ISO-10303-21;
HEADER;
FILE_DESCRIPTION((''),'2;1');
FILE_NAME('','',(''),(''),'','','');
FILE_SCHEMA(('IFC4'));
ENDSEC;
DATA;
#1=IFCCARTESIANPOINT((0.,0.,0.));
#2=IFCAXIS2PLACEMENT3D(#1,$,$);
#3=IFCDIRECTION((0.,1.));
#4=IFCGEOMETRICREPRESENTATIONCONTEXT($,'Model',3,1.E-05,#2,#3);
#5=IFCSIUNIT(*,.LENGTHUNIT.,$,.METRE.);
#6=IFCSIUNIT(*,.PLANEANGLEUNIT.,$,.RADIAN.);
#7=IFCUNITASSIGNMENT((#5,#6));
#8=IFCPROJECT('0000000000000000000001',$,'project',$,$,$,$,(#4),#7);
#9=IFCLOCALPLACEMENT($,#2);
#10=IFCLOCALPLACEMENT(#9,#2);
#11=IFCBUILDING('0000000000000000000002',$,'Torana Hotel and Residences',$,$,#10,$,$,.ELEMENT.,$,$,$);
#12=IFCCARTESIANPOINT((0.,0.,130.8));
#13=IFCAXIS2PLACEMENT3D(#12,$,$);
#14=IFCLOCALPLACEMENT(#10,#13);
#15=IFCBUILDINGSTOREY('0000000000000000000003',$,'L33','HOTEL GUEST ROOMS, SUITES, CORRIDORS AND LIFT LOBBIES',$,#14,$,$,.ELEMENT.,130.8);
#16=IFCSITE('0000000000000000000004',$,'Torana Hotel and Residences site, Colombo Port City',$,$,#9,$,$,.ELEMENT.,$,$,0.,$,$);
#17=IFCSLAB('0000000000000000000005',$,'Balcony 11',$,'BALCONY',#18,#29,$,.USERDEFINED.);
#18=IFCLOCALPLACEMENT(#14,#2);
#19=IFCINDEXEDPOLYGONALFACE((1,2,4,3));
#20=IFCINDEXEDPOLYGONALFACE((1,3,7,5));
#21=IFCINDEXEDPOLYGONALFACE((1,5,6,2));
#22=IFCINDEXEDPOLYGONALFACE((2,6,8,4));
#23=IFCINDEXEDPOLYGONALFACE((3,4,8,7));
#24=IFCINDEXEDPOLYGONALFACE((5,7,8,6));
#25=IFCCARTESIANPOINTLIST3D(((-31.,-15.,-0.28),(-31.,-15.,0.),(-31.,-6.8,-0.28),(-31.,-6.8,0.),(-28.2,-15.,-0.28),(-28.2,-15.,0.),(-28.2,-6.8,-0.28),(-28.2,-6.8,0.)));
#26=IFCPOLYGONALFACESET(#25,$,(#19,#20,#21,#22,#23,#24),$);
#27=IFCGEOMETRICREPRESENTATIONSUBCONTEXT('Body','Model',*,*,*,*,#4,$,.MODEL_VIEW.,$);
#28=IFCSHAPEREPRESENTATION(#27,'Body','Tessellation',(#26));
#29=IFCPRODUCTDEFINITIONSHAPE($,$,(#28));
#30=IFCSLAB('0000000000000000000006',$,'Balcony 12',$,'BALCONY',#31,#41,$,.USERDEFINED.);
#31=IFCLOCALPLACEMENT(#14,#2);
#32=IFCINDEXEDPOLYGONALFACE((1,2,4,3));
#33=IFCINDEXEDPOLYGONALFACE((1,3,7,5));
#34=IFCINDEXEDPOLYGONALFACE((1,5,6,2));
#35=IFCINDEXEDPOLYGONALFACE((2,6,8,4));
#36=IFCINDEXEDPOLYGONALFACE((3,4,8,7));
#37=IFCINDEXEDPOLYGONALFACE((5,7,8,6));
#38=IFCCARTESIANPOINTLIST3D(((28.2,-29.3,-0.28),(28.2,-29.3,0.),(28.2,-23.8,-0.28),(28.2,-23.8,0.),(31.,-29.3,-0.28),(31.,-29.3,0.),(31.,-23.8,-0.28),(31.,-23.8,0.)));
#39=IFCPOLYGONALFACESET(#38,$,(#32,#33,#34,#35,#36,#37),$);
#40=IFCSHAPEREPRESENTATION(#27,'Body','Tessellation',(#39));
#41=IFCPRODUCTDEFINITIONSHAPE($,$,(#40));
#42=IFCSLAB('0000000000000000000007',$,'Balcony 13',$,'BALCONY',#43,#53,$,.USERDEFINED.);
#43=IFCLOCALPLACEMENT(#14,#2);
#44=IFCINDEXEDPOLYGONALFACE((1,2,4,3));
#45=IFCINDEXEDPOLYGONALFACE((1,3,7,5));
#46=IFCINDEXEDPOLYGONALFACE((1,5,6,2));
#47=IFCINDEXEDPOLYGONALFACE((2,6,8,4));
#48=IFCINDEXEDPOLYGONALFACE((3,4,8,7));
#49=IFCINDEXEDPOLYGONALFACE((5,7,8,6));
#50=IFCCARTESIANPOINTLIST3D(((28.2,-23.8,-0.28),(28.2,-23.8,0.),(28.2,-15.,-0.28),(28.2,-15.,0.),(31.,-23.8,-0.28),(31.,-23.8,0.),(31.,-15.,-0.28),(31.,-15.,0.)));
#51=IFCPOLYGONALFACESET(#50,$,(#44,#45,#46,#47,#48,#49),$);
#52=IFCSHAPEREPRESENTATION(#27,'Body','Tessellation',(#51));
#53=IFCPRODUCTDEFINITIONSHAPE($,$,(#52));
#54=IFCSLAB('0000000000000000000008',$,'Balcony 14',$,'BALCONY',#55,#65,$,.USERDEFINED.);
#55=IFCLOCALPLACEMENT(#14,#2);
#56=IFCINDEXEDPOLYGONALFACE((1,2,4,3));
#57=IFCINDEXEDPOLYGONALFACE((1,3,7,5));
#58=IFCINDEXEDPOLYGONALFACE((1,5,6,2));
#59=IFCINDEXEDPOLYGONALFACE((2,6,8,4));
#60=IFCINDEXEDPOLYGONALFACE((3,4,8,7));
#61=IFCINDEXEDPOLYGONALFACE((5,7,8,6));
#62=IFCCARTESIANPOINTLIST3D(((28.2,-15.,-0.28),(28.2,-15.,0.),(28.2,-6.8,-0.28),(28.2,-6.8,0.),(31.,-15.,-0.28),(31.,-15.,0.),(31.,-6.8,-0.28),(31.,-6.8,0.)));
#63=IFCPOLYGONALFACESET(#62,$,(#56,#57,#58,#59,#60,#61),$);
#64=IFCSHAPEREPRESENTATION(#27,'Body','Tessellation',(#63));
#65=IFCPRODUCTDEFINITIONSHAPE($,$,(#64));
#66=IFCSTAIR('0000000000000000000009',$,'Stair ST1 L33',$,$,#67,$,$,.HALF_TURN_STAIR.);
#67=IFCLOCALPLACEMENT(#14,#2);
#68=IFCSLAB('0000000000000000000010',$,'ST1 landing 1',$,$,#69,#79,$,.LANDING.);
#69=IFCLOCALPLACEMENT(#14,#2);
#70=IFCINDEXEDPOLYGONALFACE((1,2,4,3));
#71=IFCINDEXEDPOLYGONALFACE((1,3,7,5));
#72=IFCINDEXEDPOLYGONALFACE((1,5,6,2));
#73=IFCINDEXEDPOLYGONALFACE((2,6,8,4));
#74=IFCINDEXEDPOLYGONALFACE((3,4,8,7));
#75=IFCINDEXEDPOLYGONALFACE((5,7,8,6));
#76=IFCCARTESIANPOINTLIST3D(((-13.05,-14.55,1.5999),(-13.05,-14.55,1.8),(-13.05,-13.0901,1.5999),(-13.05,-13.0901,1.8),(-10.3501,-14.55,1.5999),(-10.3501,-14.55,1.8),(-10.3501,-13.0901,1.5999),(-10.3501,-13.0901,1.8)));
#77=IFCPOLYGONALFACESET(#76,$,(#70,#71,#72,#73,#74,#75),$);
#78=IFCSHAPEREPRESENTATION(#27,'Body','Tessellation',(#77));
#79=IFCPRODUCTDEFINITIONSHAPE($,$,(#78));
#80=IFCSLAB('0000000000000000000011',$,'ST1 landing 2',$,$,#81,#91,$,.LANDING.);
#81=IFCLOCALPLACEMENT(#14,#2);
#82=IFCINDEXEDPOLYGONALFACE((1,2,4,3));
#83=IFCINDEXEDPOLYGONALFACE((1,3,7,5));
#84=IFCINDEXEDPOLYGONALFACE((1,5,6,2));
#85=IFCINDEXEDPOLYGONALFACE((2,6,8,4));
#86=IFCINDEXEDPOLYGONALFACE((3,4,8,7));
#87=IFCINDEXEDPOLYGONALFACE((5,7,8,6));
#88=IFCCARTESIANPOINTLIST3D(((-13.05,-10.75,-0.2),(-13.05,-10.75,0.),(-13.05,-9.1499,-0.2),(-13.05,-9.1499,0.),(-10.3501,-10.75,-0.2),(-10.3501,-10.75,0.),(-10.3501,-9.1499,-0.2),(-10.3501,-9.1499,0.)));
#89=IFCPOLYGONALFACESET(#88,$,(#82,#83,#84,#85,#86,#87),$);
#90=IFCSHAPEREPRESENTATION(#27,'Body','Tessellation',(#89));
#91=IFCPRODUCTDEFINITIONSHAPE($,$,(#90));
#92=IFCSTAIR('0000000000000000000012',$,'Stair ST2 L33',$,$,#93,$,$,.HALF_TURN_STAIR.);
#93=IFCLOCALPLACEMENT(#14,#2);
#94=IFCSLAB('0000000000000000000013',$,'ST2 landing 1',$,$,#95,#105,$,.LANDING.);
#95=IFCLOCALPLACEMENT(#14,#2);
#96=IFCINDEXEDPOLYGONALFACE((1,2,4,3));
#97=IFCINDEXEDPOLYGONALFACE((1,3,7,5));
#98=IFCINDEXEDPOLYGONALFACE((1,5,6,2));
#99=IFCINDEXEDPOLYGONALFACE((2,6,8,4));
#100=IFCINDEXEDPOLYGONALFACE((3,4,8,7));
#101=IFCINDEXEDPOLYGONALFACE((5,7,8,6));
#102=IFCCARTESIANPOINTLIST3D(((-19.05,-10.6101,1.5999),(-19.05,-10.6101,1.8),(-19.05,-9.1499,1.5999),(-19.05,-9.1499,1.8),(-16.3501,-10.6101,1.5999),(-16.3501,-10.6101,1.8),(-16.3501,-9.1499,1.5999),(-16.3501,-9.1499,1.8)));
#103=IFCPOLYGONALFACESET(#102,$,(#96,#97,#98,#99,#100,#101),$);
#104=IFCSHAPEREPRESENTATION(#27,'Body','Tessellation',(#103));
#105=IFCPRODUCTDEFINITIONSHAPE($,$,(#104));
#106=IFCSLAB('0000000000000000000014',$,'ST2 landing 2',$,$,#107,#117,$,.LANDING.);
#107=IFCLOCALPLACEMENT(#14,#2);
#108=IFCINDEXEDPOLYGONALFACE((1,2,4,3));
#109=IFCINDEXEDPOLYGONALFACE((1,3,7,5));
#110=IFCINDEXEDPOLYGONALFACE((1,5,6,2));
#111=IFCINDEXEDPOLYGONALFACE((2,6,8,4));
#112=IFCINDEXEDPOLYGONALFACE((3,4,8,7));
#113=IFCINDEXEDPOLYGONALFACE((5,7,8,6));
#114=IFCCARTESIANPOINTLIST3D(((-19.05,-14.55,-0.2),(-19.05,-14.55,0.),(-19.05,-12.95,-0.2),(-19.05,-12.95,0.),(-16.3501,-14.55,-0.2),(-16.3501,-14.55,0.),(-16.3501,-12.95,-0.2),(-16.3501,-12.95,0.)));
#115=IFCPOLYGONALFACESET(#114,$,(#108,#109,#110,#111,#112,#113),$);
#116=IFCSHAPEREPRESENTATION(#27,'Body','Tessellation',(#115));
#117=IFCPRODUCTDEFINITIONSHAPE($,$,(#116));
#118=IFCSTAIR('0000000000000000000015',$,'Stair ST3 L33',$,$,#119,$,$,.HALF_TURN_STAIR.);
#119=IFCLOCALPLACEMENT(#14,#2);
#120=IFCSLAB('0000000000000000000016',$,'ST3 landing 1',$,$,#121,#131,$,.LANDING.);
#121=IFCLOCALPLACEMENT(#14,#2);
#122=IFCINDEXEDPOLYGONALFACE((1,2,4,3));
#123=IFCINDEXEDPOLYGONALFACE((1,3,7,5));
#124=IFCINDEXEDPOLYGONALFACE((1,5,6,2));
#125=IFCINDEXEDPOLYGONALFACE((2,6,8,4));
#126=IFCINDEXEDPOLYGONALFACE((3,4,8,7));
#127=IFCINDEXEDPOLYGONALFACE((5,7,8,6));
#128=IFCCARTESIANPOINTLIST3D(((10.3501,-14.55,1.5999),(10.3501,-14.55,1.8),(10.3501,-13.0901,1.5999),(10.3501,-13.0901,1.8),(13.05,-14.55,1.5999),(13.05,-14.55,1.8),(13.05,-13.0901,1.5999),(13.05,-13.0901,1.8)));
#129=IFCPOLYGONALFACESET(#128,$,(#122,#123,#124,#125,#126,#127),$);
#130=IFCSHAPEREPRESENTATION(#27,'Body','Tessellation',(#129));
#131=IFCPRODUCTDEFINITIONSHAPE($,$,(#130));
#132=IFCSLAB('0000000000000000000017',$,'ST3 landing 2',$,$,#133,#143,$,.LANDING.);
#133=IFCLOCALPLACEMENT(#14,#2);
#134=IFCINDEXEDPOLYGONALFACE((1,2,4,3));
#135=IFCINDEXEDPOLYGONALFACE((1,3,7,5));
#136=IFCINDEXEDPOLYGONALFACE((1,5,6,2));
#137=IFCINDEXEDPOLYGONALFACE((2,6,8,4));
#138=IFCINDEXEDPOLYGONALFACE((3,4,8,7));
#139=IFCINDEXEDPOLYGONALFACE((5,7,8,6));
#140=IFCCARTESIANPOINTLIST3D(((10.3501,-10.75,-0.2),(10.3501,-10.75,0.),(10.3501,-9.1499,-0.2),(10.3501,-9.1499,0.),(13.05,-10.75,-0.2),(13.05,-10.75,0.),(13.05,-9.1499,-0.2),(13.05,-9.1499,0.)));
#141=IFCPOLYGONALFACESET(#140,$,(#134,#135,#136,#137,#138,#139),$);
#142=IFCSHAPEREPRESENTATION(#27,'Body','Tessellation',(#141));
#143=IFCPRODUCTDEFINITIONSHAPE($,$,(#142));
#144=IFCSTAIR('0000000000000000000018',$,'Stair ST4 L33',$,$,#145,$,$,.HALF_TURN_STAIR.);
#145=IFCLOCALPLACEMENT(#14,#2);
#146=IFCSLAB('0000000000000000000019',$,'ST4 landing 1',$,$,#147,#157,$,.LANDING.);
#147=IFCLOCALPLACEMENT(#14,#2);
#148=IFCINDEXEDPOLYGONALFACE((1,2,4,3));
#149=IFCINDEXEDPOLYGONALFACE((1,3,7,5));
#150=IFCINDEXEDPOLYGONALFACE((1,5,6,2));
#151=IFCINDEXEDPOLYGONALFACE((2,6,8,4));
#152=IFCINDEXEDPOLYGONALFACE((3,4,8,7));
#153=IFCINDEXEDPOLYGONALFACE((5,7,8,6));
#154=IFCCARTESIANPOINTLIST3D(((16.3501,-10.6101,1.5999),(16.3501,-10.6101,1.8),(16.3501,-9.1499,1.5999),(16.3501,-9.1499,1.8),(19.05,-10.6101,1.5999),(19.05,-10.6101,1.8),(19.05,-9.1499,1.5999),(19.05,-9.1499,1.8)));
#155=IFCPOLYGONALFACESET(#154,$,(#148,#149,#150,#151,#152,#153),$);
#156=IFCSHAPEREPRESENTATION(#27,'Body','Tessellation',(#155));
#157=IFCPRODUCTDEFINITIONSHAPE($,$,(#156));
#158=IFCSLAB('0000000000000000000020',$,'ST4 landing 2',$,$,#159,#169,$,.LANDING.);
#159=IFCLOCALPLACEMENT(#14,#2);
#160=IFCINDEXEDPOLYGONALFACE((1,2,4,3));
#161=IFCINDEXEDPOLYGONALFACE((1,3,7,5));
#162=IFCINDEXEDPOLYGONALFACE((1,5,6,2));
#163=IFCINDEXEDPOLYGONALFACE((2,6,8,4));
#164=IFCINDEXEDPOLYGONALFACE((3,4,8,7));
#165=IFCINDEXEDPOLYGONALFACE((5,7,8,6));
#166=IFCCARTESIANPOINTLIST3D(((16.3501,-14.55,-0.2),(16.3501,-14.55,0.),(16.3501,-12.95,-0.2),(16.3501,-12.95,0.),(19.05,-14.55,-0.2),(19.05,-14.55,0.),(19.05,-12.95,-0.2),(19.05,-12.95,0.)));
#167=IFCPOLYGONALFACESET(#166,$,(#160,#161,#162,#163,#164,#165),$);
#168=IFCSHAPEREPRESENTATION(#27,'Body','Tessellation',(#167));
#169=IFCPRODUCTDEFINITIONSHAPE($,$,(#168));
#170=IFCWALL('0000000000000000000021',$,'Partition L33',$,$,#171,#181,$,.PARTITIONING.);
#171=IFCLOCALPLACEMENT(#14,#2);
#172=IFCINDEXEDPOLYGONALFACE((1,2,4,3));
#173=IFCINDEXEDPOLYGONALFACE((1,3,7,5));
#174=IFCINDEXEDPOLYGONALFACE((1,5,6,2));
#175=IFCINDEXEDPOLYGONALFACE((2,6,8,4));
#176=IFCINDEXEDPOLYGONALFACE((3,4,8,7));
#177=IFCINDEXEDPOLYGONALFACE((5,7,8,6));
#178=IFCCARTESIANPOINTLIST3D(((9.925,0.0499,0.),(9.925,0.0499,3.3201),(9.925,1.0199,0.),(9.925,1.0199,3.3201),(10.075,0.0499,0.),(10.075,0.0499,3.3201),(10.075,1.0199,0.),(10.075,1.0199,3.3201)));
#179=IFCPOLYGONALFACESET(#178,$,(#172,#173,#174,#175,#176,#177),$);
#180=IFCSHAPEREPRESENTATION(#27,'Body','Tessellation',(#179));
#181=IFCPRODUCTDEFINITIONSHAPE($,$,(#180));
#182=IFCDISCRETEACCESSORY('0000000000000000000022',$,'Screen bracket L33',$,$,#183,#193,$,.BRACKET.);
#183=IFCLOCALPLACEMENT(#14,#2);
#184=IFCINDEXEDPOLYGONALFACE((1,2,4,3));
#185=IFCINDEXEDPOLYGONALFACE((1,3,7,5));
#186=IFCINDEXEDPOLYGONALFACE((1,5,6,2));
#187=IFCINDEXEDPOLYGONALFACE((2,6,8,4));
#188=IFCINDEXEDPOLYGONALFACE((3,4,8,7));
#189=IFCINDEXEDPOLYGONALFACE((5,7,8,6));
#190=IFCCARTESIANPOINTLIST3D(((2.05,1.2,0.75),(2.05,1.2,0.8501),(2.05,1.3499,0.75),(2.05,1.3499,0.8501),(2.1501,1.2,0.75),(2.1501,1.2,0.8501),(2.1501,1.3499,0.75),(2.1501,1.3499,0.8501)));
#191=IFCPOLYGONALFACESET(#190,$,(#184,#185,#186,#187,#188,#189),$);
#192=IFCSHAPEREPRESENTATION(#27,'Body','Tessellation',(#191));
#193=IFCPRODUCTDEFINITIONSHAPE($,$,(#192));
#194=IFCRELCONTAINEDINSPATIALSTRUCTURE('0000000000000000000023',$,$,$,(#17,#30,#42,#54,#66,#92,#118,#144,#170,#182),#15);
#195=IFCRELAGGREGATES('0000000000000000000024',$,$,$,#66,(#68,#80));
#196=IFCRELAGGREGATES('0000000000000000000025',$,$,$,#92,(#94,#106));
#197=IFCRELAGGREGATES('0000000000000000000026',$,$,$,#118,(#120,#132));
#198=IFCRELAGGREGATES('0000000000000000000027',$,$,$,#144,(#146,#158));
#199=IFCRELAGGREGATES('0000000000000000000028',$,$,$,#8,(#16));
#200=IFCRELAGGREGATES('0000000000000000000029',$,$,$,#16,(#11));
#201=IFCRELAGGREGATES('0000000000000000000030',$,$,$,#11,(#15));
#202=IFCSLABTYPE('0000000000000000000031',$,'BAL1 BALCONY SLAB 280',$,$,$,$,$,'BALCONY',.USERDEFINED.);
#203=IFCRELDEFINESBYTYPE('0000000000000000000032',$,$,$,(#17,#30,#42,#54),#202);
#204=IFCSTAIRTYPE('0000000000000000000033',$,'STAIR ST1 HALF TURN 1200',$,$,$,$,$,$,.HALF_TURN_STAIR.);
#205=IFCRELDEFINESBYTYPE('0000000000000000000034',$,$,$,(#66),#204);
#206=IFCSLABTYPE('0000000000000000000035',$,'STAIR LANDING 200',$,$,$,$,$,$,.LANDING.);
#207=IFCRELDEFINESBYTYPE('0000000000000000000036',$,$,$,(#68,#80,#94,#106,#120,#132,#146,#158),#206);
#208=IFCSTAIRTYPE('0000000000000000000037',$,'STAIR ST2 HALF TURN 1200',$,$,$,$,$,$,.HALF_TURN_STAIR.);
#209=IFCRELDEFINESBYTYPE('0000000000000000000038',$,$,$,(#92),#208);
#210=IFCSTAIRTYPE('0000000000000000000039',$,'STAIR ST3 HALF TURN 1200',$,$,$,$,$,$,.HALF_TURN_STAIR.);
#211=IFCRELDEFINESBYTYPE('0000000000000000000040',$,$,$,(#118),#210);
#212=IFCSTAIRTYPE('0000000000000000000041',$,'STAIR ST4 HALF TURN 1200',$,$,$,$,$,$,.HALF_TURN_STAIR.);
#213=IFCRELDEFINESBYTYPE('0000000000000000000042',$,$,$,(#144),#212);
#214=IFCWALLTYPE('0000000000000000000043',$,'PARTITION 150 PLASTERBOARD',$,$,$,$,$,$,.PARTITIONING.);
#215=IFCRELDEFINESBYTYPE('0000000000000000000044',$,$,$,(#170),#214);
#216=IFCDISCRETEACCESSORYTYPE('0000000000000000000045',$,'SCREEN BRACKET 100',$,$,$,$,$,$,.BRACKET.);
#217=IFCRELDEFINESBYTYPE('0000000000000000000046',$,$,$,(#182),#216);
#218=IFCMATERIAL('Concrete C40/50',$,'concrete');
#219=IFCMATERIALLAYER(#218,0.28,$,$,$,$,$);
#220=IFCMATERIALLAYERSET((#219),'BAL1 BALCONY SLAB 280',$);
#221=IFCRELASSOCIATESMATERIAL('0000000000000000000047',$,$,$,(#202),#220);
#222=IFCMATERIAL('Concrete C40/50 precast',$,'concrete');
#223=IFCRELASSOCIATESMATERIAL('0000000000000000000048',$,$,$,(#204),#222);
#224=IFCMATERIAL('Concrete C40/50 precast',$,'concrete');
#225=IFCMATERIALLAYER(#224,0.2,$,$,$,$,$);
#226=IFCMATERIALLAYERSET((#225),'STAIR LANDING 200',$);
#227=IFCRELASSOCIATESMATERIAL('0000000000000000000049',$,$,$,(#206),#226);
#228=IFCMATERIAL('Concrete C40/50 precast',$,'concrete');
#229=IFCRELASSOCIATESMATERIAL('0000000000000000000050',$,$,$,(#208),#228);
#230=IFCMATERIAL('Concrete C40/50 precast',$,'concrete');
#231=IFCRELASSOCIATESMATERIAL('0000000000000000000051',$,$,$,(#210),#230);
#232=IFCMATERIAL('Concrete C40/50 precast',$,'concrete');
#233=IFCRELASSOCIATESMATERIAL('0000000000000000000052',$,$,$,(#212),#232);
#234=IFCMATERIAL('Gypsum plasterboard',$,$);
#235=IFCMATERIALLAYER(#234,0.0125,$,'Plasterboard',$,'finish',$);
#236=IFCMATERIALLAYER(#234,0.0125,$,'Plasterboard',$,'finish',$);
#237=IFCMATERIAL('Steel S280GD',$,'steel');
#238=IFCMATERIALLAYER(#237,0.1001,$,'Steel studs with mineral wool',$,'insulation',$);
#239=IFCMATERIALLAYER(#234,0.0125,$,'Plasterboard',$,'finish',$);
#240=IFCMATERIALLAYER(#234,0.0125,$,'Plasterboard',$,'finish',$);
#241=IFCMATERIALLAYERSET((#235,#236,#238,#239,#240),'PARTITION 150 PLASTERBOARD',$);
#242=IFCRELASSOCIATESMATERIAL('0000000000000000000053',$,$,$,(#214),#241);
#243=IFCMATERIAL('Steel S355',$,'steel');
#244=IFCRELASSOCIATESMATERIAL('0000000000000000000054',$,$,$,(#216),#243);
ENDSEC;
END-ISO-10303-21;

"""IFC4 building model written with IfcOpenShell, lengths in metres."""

from ifc_helpers import new_model, si_unit, direction, frame, frame_2d, origin, origin_2d, place, context, subcontext, project, spatial, polyline, rectangle, outline, extrude, material, layer, layer_set, type_object, element, aggregate, save


model = new_model("IFC4")

# Units and contexts
model_context = context("Model", 3, precision=1e-05, world=origin(), true_north=direction((0.0, 1.0)))
body_context = subcontext(model_context, "Body", "Model", "MODEL_VIEW")
ifc_project = project(units=[si_unit("LENGTHUNIT", "METRE"), si_unit("PLANEANGLEUNIT", "RADIAN")], contexts=[model_context])

# Site, building, storey
site_placement = place(None, origin())
site = spatial("IfcSite", under=ifc_project, at=site_placement, Name="Torana Hotel and Residences site, Colombo Port City", CompositionType="ELEMENT", RefElevation=0.0)
building_placement = place(site_placement, origin())
building = spatial("IfcBuilding", under=site, at=building_placement, Name="Torana Hotel and Residences", CompositionType="ELEMENT")
storey_placement = place(building_placement, frame((0.0, 0.0, 130.8)))
storey = spatial("IfcBuildingStorey", under=building, at=storey_placement, Name="L33", Description="HOTEL GUEST ROOMS, SUITES, CORRIDORS AND LIFT LOBBIES", CompositionType="ELEMENT", Elevation=130.8)

# Slabs
ifc_material_1 = material(Name="Concrete C40/50", Category="concrete")
ifc_layer_1 = layer(ifc_material_1, 0.28)
ifc_layer_set_1 = layer_set([ifc_layer_1], Name="BAL1 BALCONY SLAB 280")
slab_type_1 = type_object("IfcSlabType", Name="BAL1 BALCONY SLAB 280", ElementType="BALCONY", PredefinedType="USERDEFINED", material=ifc_layer_set_1)
slab_1_placement = place(storey_placement, frame((0.0, 0.0, -0.28)))
element("IfcSlab", 1, at=slab_1_placement, inside=storey, type_object=slab_type_1, Name="Balcony 11", ObjectType="BALCONY", PredefinedType="USERDEFINED", context=body_context, shape_type="SweptSolid", body=[
    extrude(outline(polyline([(-31.0, -15.0), (-28.2, -15.0), (-28.2, -6.8), (-31.0, -6.8), (-31.0, -15.0)])), origin(), (0.0, 0.0, 1.0), 0.28),
])
slab_2_placement = place(storey_placement, frame((0.0, 0.0, -0.28)))
element("IfcSlab", 2, at=slab_2_placement, inside=storey, type_object=slab_type_1, Name="Balcony 12", ObjectType="BALCONY", PredefinedType="USERDEFINED", context=body_context, shape_type="SweptSolid", body=[
    extrude(outline(polyline([(28.2, -29.3), (31.0, -29.3), (31.0, -23.8), (28.2, -23.8), (28.2, -29.3)])), origin(), (0.0, 0.0, 1.0), 0.28),
])
slab_3_placement = place(storey_placement, frame((0.0, 0.0, -0.28)))
element("IfcSlab", 3, at=slab_3_placement, inside=storey, type_object=slab_type_1, Name="Balcony 13", ObjectType="BALCONY", PredefinedType="USERDEFINED", context=body_context, shape_type="SweptSolid", body=[
    extrude(outline(polyline([(28.2, -23.8), (31.0, -23.8), (31.0, -15.0), (28.2, -15.0), (28.2, -23.8)])), origin(), (0.0, 0.0, 1.0), 0.28),
])
slab_4_placement = place(storey_placement, frame((0.0, 0.0, -0.28)))
element("IfcSlab", 4, at=slab_4_placement, inside=storey, type_object=slab_type_1, Name="Balcony 14", ObjectType="BALCONY", PredefinedType="USERDEFINED", context=body_context, shape_type="SweptSolid", body=[
    extrude(outline(polyline([(28.2, -15.0), (31.0, -15.0), (31.0, -6.8), (28.2, -6.8), (28.2, -15.0)])), origin(), (0.0, 0.0, 1.0), 0.28),
])

# Stairs, slabs
ifc_material_2 = material(Name="Concrete C40/50 precast", Category="concrete")
stair_type_1 = type_object("IfcStairType", Name="STAIR ST1 HALF TURN 1200", PredefinedType="HALF_TURN_STAIR", material=ifc_material_2)
stair_1_placement = place(storey_placement, origin())
stair_1 = element("IfcStair", 5, at=stair_1_placement, inside=storey, type_object=stair_type_1, Name="Stair ST1 L33", PredefinedType="HALF_TURN_STAIR")
ifc_material_3 = material(Name="Concrete C40/50 precast", Category="concrete")
ifc_layer_2 = layer(ifc_material_3, 0.2)
ifc_layer_set_2 = layer_set([ifc_layer_2], Name="STAIR LANDING 200")
slab_type_2 = type_object("IfcSlabType", Name="STAIR LANDING 200", PredefinedType="LANDING", material=ifc_layer_set_2)
slab_5_placement = place(storey_placement, frame((0.0, 0.0, 1.5999)))
slab_5 = element("IfcSlab", 6, at=slab_5_placement, type_object=slab_type_2, Name="ST1 landing 1", PredefinedType="LANDING", context=body_context, shape_type="SweptSolid", body=[
    extrude(outline(polyline([(-13.05, -14.55), (-10.3501, -14.55), (-10.3501, -13.0901), (-13.05, -13.0901), (-13.05, -14.55)])), origin(), (0.0, 0.0, 1.0), 0.2002),
])
slab_6_placement = place(storey_placement, frame((0.0, 0.0, -0.2)))
slab_6 = element("IfcSlab", 7, at=slab_6_placement, type_object=slab_type_2, Name="ST1 landing 2", PredefinedType="LANDING", context=body_context, shape_type="SweptSolid", body=[
    extrude(outline(polyline([(-13.05, -10.75), (-10.3501, -10.75), (-10.3501, -9.1499), (-13.05, -9.1499), (-13.05, -10.75)])), origin(), (0.0, 0.0, 1.0), 0.2),
])
aggregate(stair_1, [slab_5, slab_6])
ifc_material_4 = material(Name="Concrete C40/50 precast", Category="concrete")
stair_type_2 = type_object("IfcStairType", Name="STAIR ST2 HALF TURN 1200", PredefinedType="HALF_TURN_STAIR", material=ifc_material_4)
stair_2_placement = place(storey_placement, origin())
stair_2 = element("IfcStair", 8, at=stair_2_placement, inside=storey, type_object=stair_type_2, Name="Stair ST2 L33", PredefinedType="HALF_TURN_STAIR")
slab_7_placement = place(storey_placement, frame((0.0, 0.0, 1.5999)))
slab_7 = element("IfcSlab", 9, at=slab_7_placement, type_object=slab_type_2, Name="ST2 landing 1", PredefinedType="LANDING", context=body_context, shape_type="SweptSolid", body=[
    extrude(outline(polyline([(-19.05, -10.6101), (-16.3501, -10.6101), (-16.3501, -9.1499), (-19.05, -9.1499), (-19.05, -10.6101)])), origin(), (0.0, 0.0, 1.0), 0.2002),
])
slab_8_placement = place(storey_placement, frame((0.0, 0.0, -0.2)))
slab_8 = element("IfcSlab", 10, at=slab_8_placement, type_object=slab_type_2, Name="ST2 landing 2", PredefinedType="LANDING", context=body_context, shape_type="SweptSolid", body=[
    extrude(outline(polyline([(-19.05, -14.55), (-16.3501, -14.55), (-16.3501, -12.95), (-19.05, -12.95), (-19.05, -14.55)])), origin(), (0.0, 0.0, 1.0), 0.2),
])
aggregate(stair_2, [slab_7, slab_8])
ifc_material_5 = material(Name="Concrete C40/50 precast", Category="concrete")
stair_type_3 = type_object("IfcStairType", Name="STAIR ST3 HALF TURN 1200", PredefinedType="HALF_TURN_STAIR", material=ifc_material_5)
stair_3_placement = place(storey_placement, origin())
stair_3 = element("IfcStair", 11, at=stair_3_placement, inside=storey, type_object=stair_type_3, Name="Stair ST3 L33", PredefinedType="HALF_TURN_STAIR")
slab_9_placement = place(storey_placement, frame((0.0, 0.0, 1.5999)))
slab_9 = element("IfcSlab", 12, at=slab_9_placement, type_object=slab_type_2, Name="ST3 landing 1", PredefinedType="LANDING", context=body_context, shape_type="SweptSolid", body=[
    extrude(outline(polyline([(10.3501, -14.55), (13.05, -14.55), (13.05, -13.0901), (10.3501, -13.0901), (10.3501, -14.55)])), origin(), (0.0, 0.0, 1.0), 0.2002),
])
slab_10_placement = place(storey_placement, frame((0.0, 0.0, -0.2)))
slab_10 = element("IfcSlab", 13, at=slab_10_placement, type_object=slab_type_2, Name="ST3 landing 2", PredefinedType="LANDING", context=body_context, shape_type="SweptSolid", body=[
    extrude(outline(polyline([(10.3501, -10.75), (13.05, -10.75), (13.05, -9.1499), (10.3501, -9.1499), (10.3501, -10.75)])), origin(), (0.0, 0.0, 1.0), 0.2),
])
aggregate(stair_3, [slab_9, slab_10])
ifc_material_6 = material(Name="Concrete C40/50 precast", Category="concrete")
stair_type_4 = type_object("IfcStairType", Name="STAIR ST4 HALF TURN 1200", PredefinedType="HALF_TURN_STAIR", material=ifc_material_6)
stair_4_placement = place(storey_placement, origin())
stair_4 = element("IfcStair", 14, at=stair_4_placement, inside=storey, type_object=stair_type_4, Name="Stair ST4 L33", PredefinedType="HALF_TURN_STAIR")
slab_11_placement = place(storey_placement, frame((0.0, 0.0, 1.5999)))
slab_11 = element("IfcSlab", 15, at=slab_11_placement, type_object=slab_type_2, Name="ST4 landing 1", PredefinedType="LANDING", context=body_context, shape_type="SweptSolid", body=[
    extrude(outline(polyline([(16.3501, -10.6101), (19.05, -10.6101), (19.05, -9.1499), (16.3501, -9.1499), (16.3501, -10.6101)])), origin(), (0.0, 0.0, 1.0), 0.2002),
])
slab_12_placement = place(storey_placement, frame((0.0, 0.0, -0.2)))
slab_12 = element("IfcSlab", 16, at=slab_12_placement, type_object=slab_type_2, Name="ST4 landing 2", PredefinedType="LANDING", context=body_context, shape_type="SweptSolid", body=[
    extrude(outline(polyline([(16.3501, -14.55), (19.05, -14.55), (19.05, -12.95), (16.3501, -12.95), (16.3501, -14.55)])), origin(), (0.0, 0.0, 1.0), 0.2),
])
aggregate(stair_4, [slab_11, slab_12])

# Wall
ifc_material_7 = material(Name="Gypsum plasterboard")
ifc_layer_3 = layer(ifc_material_7, 0.0125, Name="Plasterboard", Category="finish")
ifc_layer_4 = layer(ifc_material_7, 0.0125, Name="Plasterboard", Category="finish")
ifc_material_8 = material(Name="Steel S280GD", Category="steel")
ifc_layer_5 = layer(ifc_material_8, 0.1001, Name="Steel studs with mineral wool", Category="insulation")
ifc_layer_6 = layer(ifc_material_7, 0.0125, Name="Plasterboard", Category="finish")
ifc_layer_7 = layer(ifc_material_7, 0.0125, Name="Plasterboard", Category="finish")
ifc_layer_set_3 = layer_set([ifc_layer_3, ifc_layer_4, ifc_layer_5, ifc_layer_6, ifc_layer_7], Name="PARTITION 150 PLASTERBOARD")
wall_type = type_object("IfcWallType", Name="PARTITION 150 PLASTERBOARD", PredefinedType="PARTITIONING", material=ifc_layer_set_3)
wall_placement = place(storey_placement, frame((10.0, 0.05, 0.0), z_axis=(0.0, 0.0, 1.0), x_axis=(0.0, 1.0, 0.0)))
element("IfcWall", 17, at=wall_placement, inside=storey, type_object=wall_type, Name="Partition L33", PredefinedType="PARTITIONING", context=body_context, shape_type="SweptSolid", body=[
    extrude(rectangle(XDim=0.97, YDim=0.1499, at=frame_2d((0.4849, 0.0))), origin(), (0.0, 0.0, 1.0), 3.3201),
])

# Discrete accessory
ifc_material_9 = material(Name="Steel S355", Category="steel")
discrete_accessory_type = type_object("IfcDiscreteAccessoryType", Name="SCREEN BRACKET 100", PredefinedType="BRACKET", material=ifc_material_9)
for number, where, z_axis, x_axis, name in (
    (18, (2.1001, 1.2749, 0.75), (0.0, 0.0, 1.0), (-1.0, 0.0, 0.0), "Screen bracket L33"),
):
    element("IfcDiscreteAccessory", number, at=place(storey_placement, frame(where, z_axis=z_axis, x_axis=x_axis)), inside=storey, type_object=discrete_accessory_type, Name=name, PredefinedType="BRACKET", context=body_context, shape_type="SweptSolid", body=[
        extrude(rectangle(XDim=0.1001, YDim=0.1499, at=origin_2d()), origin(), (0.0, 0.0, 1.0), 0.1001),
    ])

save(model, "model.ifc")
